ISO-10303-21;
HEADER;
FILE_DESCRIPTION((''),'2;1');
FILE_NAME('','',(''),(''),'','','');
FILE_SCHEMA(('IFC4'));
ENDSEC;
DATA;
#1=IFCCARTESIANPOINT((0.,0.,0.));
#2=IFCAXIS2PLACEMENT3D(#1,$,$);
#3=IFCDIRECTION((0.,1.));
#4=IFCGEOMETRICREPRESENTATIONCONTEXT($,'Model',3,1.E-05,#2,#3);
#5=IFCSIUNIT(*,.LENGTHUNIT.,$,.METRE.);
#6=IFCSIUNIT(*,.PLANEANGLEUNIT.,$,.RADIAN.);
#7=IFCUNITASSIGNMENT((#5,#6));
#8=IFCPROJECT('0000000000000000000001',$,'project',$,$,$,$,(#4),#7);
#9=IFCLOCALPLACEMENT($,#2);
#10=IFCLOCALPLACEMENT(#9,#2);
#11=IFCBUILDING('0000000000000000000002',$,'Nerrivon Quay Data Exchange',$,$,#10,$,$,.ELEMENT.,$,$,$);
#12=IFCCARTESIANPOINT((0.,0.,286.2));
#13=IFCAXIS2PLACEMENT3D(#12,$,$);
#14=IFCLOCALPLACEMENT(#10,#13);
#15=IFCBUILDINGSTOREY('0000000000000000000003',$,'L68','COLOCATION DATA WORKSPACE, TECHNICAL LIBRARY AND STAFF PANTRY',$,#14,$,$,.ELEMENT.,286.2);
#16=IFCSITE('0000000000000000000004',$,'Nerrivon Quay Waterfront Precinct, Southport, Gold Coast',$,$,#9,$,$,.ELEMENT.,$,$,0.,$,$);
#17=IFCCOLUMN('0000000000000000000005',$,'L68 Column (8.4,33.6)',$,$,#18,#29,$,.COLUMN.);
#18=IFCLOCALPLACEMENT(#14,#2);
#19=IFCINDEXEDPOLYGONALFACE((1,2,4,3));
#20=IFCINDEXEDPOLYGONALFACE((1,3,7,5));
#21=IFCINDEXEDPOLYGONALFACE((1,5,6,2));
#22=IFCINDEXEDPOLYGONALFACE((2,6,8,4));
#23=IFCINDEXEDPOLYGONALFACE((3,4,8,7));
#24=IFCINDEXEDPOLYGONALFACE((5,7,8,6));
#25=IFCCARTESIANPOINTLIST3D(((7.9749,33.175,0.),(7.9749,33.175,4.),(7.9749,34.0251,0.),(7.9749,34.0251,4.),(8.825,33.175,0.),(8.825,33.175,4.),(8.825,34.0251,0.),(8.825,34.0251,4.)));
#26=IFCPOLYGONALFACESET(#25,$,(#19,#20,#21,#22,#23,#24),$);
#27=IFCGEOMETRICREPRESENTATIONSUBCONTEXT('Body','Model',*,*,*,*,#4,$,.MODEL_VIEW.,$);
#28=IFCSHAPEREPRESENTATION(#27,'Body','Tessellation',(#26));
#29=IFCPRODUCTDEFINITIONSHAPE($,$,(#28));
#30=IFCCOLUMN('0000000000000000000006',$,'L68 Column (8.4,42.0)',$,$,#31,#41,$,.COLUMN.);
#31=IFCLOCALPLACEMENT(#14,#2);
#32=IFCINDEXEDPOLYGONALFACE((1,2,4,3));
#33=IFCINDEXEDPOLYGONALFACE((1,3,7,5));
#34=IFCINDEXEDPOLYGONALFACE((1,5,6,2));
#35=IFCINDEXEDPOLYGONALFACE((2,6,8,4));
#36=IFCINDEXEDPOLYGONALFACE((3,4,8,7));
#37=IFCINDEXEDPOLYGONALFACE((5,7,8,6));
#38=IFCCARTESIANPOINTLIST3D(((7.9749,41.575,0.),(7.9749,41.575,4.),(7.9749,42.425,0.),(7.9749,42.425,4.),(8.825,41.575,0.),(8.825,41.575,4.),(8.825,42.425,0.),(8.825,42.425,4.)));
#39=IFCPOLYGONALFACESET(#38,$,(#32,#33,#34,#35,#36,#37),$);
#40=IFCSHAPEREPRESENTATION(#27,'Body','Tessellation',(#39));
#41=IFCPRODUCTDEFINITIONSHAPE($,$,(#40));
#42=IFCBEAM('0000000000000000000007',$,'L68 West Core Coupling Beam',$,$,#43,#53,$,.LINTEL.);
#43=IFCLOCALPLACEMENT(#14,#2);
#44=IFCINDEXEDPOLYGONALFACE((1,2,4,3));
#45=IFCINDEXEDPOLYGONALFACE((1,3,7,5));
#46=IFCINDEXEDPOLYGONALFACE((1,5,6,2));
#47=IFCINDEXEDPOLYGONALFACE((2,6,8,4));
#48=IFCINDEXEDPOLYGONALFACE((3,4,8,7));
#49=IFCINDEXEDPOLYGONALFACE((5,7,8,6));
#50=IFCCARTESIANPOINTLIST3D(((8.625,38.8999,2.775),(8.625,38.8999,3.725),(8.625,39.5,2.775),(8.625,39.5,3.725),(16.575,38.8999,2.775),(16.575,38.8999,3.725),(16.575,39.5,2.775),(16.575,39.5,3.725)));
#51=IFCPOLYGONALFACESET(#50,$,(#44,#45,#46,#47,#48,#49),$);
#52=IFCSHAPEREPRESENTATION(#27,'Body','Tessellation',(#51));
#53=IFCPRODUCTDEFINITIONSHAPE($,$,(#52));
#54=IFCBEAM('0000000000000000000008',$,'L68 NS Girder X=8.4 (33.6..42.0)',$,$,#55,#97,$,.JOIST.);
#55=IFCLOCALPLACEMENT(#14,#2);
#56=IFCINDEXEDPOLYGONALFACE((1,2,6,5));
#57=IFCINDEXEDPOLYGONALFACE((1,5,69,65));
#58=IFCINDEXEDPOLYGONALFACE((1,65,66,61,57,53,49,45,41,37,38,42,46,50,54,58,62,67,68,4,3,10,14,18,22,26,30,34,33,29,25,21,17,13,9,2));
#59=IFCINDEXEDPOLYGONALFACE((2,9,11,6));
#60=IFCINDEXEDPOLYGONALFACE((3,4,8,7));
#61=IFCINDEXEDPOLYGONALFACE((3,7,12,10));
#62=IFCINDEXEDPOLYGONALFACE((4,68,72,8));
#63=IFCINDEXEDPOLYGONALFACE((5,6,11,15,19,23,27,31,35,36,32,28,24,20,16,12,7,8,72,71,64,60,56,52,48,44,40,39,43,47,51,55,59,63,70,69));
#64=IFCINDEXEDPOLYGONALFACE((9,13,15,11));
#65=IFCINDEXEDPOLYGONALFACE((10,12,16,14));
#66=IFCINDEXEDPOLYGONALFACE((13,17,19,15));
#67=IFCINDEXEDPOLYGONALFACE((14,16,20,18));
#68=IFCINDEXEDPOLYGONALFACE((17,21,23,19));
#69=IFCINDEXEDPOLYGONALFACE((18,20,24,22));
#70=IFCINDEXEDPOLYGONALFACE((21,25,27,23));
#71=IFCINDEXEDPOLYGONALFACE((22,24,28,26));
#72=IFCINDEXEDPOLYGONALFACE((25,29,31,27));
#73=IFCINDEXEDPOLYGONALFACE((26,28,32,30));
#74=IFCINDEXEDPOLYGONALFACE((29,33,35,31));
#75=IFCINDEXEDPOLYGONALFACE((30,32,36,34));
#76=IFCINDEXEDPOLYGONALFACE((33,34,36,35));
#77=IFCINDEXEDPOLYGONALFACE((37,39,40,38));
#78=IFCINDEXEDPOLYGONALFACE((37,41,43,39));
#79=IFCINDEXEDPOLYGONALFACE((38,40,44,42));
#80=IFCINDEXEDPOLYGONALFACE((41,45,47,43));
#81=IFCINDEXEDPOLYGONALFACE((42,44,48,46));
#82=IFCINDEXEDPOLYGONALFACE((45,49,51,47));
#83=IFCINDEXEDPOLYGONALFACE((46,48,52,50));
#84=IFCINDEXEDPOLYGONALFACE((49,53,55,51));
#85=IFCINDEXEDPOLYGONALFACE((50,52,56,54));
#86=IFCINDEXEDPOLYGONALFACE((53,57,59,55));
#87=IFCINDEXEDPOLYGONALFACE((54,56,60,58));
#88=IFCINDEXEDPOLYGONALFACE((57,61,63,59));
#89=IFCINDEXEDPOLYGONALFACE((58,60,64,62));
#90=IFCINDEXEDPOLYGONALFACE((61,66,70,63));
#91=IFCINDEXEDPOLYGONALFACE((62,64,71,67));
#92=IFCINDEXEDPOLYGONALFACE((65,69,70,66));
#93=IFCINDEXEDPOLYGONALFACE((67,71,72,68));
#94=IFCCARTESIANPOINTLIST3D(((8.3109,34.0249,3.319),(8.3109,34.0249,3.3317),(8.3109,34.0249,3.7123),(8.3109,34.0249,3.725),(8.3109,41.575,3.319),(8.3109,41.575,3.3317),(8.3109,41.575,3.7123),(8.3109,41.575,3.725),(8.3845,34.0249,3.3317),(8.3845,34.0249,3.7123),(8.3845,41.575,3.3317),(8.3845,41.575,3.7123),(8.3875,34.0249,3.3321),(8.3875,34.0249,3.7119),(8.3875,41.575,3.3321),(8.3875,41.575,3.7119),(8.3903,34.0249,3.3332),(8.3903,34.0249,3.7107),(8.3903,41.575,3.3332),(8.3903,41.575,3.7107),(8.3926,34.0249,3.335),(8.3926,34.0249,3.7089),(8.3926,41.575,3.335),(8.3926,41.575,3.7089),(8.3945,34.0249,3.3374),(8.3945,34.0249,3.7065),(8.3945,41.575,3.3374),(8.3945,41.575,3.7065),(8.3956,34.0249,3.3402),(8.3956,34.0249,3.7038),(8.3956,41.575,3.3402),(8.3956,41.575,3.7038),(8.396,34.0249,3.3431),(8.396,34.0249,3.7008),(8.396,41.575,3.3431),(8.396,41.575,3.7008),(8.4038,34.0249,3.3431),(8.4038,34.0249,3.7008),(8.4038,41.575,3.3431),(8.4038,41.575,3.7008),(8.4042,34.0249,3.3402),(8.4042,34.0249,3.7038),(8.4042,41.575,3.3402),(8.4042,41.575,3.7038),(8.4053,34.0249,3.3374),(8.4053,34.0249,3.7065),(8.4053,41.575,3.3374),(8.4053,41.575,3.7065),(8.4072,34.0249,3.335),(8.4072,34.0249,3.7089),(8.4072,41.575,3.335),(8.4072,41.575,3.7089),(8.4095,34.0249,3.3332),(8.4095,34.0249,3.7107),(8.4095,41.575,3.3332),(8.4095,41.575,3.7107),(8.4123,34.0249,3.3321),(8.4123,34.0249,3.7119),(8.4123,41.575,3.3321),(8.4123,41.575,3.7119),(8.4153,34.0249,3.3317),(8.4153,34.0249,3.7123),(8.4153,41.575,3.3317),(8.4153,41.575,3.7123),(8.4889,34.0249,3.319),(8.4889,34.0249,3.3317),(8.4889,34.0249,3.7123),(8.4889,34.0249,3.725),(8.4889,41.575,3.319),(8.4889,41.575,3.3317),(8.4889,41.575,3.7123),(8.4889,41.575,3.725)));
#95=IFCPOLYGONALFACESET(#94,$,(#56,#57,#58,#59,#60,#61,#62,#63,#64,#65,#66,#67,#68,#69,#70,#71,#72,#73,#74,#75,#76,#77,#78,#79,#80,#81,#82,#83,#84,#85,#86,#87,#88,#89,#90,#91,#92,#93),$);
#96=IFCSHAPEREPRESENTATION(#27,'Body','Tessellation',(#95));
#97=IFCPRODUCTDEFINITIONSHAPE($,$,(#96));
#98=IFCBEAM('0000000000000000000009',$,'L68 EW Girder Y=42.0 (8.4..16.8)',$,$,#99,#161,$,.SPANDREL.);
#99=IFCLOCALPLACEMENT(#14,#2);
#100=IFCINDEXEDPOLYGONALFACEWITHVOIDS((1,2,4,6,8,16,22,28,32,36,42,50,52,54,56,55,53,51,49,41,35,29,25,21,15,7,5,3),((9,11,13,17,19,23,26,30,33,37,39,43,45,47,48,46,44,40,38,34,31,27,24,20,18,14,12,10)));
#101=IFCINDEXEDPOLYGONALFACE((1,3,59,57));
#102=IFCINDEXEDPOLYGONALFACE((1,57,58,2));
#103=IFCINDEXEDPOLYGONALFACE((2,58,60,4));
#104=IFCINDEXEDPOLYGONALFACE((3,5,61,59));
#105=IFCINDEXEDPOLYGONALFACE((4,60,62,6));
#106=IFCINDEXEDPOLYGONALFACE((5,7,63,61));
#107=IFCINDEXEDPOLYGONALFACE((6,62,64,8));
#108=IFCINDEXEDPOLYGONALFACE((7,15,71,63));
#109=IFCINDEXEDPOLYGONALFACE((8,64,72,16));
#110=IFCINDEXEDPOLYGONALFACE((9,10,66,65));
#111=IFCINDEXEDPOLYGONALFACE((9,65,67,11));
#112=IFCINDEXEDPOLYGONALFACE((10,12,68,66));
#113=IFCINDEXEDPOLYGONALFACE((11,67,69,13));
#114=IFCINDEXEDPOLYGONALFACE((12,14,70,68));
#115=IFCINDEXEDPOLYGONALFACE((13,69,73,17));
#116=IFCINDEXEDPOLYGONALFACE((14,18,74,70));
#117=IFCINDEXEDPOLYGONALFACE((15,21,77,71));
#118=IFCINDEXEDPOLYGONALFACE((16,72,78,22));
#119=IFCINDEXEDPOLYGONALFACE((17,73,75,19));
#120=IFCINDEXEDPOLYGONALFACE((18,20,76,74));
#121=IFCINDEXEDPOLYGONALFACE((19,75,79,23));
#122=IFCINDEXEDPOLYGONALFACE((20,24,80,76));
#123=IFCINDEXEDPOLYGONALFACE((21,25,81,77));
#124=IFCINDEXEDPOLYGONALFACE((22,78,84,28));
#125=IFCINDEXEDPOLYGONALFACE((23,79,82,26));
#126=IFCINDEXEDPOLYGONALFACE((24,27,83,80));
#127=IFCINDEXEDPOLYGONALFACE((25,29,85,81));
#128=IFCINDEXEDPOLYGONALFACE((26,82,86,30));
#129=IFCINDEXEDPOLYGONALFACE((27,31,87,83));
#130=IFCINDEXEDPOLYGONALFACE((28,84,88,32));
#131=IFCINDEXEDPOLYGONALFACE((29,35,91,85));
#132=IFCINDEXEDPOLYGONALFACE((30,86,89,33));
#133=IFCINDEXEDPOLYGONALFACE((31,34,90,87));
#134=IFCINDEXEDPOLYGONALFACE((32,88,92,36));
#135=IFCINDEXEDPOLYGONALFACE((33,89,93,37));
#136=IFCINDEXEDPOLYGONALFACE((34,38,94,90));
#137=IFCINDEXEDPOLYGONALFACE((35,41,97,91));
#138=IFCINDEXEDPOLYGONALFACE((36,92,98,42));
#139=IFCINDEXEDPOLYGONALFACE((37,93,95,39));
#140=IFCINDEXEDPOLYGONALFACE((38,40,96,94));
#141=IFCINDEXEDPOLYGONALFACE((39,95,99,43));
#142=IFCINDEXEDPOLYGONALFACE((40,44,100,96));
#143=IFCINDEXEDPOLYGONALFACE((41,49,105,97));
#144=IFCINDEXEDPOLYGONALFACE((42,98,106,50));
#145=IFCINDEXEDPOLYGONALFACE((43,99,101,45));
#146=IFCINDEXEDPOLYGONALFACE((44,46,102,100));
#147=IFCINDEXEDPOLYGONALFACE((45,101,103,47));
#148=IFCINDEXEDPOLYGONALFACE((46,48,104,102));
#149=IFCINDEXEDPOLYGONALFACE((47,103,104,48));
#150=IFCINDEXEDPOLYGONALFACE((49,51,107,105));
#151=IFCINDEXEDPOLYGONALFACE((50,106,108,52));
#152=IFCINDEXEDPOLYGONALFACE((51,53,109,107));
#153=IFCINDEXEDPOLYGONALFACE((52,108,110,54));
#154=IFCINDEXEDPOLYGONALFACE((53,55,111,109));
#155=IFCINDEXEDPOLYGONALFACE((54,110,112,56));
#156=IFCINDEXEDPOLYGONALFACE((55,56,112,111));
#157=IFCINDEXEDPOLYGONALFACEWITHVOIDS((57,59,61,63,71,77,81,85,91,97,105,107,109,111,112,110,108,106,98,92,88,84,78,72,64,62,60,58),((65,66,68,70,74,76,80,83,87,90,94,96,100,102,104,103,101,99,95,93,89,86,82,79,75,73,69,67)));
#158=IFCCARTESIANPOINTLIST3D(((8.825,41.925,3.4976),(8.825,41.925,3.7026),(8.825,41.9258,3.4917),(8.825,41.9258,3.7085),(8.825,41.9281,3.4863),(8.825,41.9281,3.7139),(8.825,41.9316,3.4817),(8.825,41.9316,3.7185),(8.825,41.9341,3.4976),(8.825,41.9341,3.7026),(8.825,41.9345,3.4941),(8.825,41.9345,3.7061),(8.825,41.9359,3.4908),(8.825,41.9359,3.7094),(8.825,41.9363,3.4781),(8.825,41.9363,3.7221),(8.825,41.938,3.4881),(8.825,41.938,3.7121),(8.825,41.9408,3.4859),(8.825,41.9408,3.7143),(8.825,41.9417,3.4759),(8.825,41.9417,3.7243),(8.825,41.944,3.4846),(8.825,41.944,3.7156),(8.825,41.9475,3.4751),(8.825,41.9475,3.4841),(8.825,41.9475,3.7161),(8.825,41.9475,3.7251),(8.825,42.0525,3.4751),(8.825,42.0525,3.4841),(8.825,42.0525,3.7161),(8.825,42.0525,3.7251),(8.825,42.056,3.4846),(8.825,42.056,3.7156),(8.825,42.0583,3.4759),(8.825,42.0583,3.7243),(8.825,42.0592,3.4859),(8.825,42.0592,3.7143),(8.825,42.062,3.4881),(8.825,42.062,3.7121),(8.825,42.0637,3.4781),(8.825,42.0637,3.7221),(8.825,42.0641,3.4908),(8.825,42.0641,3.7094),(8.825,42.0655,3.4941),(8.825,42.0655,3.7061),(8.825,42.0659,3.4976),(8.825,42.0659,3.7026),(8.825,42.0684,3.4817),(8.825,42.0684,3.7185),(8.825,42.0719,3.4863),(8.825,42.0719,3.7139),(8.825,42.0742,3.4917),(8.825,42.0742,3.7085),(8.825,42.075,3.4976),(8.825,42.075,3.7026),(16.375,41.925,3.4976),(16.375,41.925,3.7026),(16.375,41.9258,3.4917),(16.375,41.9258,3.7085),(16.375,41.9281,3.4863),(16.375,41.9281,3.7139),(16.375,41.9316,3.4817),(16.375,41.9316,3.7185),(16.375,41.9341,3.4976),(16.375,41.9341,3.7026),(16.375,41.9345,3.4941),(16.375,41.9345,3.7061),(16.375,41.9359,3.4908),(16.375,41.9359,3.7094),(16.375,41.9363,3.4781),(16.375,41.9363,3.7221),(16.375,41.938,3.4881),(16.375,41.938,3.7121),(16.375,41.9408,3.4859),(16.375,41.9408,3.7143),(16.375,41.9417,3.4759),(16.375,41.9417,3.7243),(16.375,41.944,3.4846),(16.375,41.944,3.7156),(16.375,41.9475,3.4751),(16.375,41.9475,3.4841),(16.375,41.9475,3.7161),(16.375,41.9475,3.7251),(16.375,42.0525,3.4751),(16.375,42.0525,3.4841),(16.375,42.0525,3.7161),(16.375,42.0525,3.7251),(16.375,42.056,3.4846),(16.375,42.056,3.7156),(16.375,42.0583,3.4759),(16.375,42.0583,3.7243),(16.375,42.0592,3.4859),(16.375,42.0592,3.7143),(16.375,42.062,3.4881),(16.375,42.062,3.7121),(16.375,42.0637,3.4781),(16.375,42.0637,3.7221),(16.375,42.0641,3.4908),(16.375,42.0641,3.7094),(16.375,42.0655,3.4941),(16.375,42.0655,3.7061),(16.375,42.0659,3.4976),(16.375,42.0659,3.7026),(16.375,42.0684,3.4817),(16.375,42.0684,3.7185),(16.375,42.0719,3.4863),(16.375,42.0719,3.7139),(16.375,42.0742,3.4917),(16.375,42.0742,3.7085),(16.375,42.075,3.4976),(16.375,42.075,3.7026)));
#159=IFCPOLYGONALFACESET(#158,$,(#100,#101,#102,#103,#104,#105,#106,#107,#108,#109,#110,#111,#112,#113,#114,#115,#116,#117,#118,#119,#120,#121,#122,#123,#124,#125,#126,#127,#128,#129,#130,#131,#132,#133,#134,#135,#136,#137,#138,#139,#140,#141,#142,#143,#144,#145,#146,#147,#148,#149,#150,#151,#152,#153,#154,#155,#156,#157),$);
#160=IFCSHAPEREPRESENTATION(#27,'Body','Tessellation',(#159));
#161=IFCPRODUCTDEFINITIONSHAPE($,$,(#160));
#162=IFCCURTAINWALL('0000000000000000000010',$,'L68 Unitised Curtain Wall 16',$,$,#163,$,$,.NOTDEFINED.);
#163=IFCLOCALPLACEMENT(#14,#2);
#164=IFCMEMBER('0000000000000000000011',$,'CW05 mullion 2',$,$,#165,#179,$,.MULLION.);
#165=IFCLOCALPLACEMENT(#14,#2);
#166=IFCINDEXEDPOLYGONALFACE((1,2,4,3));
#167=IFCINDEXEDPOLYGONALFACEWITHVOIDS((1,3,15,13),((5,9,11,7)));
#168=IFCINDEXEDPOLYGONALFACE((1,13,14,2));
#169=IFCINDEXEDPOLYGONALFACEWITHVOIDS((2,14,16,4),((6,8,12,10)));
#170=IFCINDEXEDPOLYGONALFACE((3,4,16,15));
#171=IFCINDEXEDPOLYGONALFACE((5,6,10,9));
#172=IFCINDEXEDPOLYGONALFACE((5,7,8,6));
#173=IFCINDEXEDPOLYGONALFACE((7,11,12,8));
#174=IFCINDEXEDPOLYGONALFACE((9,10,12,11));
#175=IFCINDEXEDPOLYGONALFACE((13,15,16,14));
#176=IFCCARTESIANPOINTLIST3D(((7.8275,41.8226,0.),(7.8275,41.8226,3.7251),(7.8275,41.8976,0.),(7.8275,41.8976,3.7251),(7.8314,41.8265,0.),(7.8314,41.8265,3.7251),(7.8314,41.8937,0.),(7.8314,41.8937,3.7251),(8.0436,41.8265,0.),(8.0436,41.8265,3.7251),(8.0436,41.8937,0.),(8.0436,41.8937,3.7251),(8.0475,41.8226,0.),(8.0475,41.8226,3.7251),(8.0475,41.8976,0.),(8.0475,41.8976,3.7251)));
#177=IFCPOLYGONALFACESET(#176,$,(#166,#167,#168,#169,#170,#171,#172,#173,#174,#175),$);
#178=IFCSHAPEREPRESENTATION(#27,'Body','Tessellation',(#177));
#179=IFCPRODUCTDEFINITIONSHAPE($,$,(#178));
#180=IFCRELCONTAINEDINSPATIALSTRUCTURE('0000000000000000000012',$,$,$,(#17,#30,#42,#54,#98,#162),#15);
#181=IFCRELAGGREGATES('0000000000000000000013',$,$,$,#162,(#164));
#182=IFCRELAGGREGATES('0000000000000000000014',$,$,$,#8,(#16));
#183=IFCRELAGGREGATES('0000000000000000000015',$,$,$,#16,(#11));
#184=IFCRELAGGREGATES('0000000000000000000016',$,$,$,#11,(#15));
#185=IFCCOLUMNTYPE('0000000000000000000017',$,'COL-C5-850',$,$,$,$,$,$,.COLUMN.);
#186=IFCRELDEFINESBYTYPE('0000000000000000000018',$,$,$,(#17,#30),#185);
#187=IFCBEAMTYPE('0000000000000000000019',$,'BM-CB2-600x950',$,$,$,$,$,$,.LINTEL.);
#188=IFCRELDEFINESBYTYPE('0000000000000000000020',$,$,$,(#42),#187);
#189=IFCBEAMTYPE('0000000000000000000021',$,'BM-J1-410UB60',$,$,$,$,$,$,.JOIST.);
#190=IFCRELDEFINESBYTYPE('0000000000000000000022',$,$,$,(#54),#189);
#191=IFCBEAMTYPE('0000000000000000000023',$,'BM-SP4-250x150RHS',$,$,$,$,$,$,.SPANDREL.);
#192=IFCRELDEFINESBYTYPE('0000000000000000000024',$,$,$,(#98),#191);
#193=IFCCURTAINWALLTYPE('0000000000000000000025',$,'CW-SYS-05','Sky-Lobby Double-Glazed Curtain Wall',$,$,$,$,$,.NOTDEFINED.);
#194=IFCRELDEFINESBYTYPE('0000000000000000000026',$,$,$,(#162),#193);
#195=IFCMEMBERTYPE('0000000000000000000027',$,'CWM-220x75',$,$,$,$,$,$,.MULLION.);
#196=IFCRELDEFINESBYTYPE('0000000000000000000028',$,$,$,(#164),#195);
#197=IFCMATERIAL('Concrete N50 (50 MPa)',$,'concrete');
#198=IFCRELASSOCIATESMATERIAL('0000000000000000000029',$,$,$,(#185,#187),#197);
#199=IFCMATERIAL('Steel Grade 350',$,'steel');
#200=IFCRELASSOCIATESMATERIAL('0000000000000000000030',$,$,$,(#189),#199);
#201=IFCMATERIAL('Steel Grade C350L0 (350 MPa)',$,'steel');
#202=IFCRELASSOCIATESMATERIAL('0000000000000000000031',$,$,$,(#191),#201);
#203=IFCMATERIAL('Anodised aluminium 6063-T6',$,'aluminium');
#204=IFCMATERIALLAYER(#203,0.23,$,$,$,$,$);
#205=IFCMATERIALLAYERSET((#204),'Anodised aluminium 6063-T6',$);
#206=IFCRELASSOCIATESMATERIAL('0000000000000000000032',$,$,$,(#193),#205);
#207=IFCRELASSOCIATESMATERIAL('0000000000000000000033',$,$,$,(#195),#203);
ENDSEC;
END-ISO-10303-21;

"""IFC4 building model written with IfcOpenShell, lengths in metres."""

from ifc_helpers import new_model, si_unit, direction, frame, origin, origin_2d, place, context, subcontext, project, spatial, rectangle, hollow_rectangle, i_section, extrude, material, layer, layer_set, material_profile, profile_set, type_object, element, aggregate, save


model = new_model("IFC4")

# Units and contexts
model_context = context("Model", 3, precision=1e-05, world=origin(), true_north=direction((0.0, 1.0)))
body_context = subcontext(model_context, "Body", "Model", "MODEL_VIEW")
ifc_project = project(units=[si_unit("LENGTHUNIT", "METRE"), si_unit("PLANEANGLEUNIT", "RADIAN")], contexts=[model_context])

# Site, building, storey
site_placement = place(None, origin())
site = spatial("IfcSite", under=ifc_project, at=site_placement, Name="Nerrivon Quay Waterfront Precinct, Southport, Gold Coast", CompositionType="ELEMENT", RefElevation=0.0)
building_placement = place(site_placement, origin())
building = spatial("IfcBuilding", under=site, at=building_placement, Name="Nerrivon Quay Data Exchange", CompositionType="ELEMENT")
storey_placement = place(building_placement, frame((0.0, 0.0, 286.2)))
storey = spatial("IfcBuildingStorey", under=building, at=storey_placement, Name="L68", Description="COLOCATION DATA WORKSPACE, TECHNICAL LIBRARY AND STAFF PANTRY", CompositionType="ELEMENT", Elevation=286.2)

# Columns
ifc_material_1 = material(Name="Concrete N50 (50 MPa)", Category="concrete")
ifc_material_profile_1 = material_profile(ifc_material_1, rectangle(XDim=0.8501, YDim=0.8501, at=origin_2d()), Name="RC-COL-850x850")
ifc_profile_set_1 = profile_set([ifc_material_profile_1], Name="Concrete N50 (50 MPa)")
column_type = type_object("IfcColumnType", Name="COL-C5-850", PredefinedType="COLUMN", material=ifc_profile_set_1)
for number, where, z_axis, x_axis, name in (
    (1, (8.3999, 33.6001, 0.0), (0.0, 0.0, 1.0), (1.0, 0.0, 0.0), "L68 Column (8.4,33.6)"),
    (2, (8.3999, 42.0, 0.0), (0.0, 0.0, 1.0), (1.0, 0.0, 0.0), "L68 Column (8.4,42.0)"),
):
    element("IfcColumn", number, at=place(storey_placement, frame(where, z_axis=z_axis, x_axis=x_axis)), inside=storey, type_object=column_type, Name=name, PredefinedType="COLUMN", context=body_context, shape_type="SweptSolid", body=[
        extrude(rectangle(XDim=0.8501, YDim=0.8501, at=origin_2d()), origin(), (0.0, 0.0, 1.0), 4.0),
    ])

# Beams
ifc_material_profile_2 = material_profile(ifc_material_1, rectangle(XDim=0.6001, YDim=0.95, at=origin_2d()), Name="RC-CB-600x950")
ifc_profile_set_2 = profile_set([ifc_material_profile_2], Name="Concrete N50 (50 MPa)")
beam_type_1 = type_object("IfcBeamType", Name="BM-CB2-600x950", PredefinedType="LINTEL", material=ifc_profile_set_2)
beam_1_placement = place(storey_placement, frame((8.625, 39.2, 3.25), z_axis=(1.0, 0.0, 0.0), x_axis=(0.0, 1.0, 0.0)))
element("IfcBeam", 3, at=beam_1_placement, inside=storey, type_object=beam_type_1, Name="L68 West Core Coupling Beam", PredefinedType="LINTEL", context=body_context, shape_type="SweptSolid", body=[
    extrude(rectangle(XDim=0.6001, YDim=0.95, at=origin_2d()), origin(), (0.0, 0.0, 1.0), 7.95),
])
ifc_material_2 = material(Name="Steel Grade 350", Category="steel")
ifc_material_profile_3 = material_profile(ifc_material_2, i_section(OverallWidth=0.178, OverallDepth=0.406, WebThickness=0.0078, FlangeThickness=0.0127, FilletRadius=0.0115, at=origin_2d()), Name="410UB59.7")
ifc_profile_set_3 = profile_set([ifc_material_profile_3], Name="Steel Grade 350")
beam_type_2 = type_object("IfcBeamType", Name="BM-J1-410UB60", PredefinedType="JOIST", material=ifc_profile_set_3)
beam_2_placement = place(storey_placement, frame((8.3999, 34.0249, 3.522), z_axis=(0.0, 1.0, 0.0), x_axis=(-1.0, 0.0, 0.0)))
element("IfcBeam", 4, at=beam_2_placement, inside=storey, type_object=beam_type_2, Name="L68 NS Girder X=8.4 (33.6..42.0)", PredefinedType="JOIST", context=body_context, shape_type="SweptSolid", body=[
    extrude(i_section(OverallWidth=0.178, OverallDepth=0.406, WebThickness=0.0078, FlangeThickness=0.0127, FilletRadius=0.0115, at=origin_2d()), origin(), (0.0, 0.0, 1.0), 7.55),
])
ifc_material_3 = material(Name="Steel Grade C350L0 (350 MPa)", Category="steel")
ifc_material_profile_4 = material_profile(ifc_material_3, hollow_rectangle(XDim=0.1499, YDim=0.25, WallThickness=0.009, InnerFilletRadius=0.0134, OuterFilletRadius=0.0225, at=origin_2d()), Name="250x150x9.0RHS")
ifc_profile_set_4 = profile_set([ifc_material_profile_4], Name="Steel Grade C350L0 (350 MPa)")
beam_type_3 = type_object("IfcBeamType", Name="BM-SP4-250x150RHS", PredefinedType="SPANDREL", material=ifc_profile_set_4)
beam_3_placement = place(storey_placement, frame((8.825, 42.0, 3.6001), z_axis=(1.0, 0.0, 0.0), x_axis=(0.0, 1.0, 0.0)))
element("IfcBeam", 5, at=beam_3_placement, inside=storey, type_object=beam_type_3, Name="L68 EW Girder Y=42.0 (8.4..16.8)", PredefinedType="SPANDREL", context=body_context, shape_type="SweptSolid", body=[
    extrude(hollow_rectangle(XDim=0.1499, YDim=0.25, WallThickness=0.009, InnerFilletRadius=0.0134, OuterFilletRadius=0.0225, at=origin_2d()), origin(), (0.0, 0.0, 1.0), 7.55),
])

# Curtain wall, member
ifc_material_4 = material(Name="Anodised aluminium 6063-T6", Category="aluminium")
ifc_layer_1 = layer(ifc_material_4, 0.23)
ifc_layer_set_1 = layer_set([ifc_layer_1], Name="Anodised aluminium 6063-T6")
curtain_wall_type = type_object("IfcCurtainWallType", Name="CW-SYS-05", Description="Sky-Lobby Double-Glazed Curtain Wall", PredefinedType="NOTDEFINED", material=ifc_layer_set_1)
curtain_wall_1_placement = place(storey_placement, origin())
curtain_wall_1 = element("IfcCurtainWall", 6, at=curtain_wall_1_placement, inside=storey, type_object=curtain_wall_type, Name="L68 Unitised Curtain Wall 16", PredefinedType="NOTDEFINED")
ifc_material_profile_5 = material_profile(ifc_material_4, hollow_rectangle(XDim=0.075, YDim=0.22, WallThickness=0.0039, at=origin_2d()), Name="ALU-MULL-220x75")
ifc_profile_set_5 = profile_set([ifc_material_profile_5], Name="Anodised aluminium 6063-T6")
member_type_1 = type_object("IfcMemberType", Name="CWM-220x75", PredefinedType="MULLION", material=ifc_profile_set_5)
member_1_placement = place(storey_placement, frame((7.9375, 41.8601, 0.0), z_axis=(0.0, 0.0, 1.0), x_axis=(0.0, 1.0, 0.0)))
member_1 = element("IfcMember", 7, at=member_1_placement, type_object=member_type_1, Name="CW05 mullion 2", PredefinedType="MULLION", context=body_context, shape_type="SweptSolid", body=[
    extrude(hollow_rectangle(XDim=0.075, YDim=0.22, WallThickness=0.0039, at=origin_2d()), origin(), (0.0, 0.0, 1.0), 3.7251),
])
aggregate(curtain_wall_1, [member_1])

save(model, "model.ifc")
